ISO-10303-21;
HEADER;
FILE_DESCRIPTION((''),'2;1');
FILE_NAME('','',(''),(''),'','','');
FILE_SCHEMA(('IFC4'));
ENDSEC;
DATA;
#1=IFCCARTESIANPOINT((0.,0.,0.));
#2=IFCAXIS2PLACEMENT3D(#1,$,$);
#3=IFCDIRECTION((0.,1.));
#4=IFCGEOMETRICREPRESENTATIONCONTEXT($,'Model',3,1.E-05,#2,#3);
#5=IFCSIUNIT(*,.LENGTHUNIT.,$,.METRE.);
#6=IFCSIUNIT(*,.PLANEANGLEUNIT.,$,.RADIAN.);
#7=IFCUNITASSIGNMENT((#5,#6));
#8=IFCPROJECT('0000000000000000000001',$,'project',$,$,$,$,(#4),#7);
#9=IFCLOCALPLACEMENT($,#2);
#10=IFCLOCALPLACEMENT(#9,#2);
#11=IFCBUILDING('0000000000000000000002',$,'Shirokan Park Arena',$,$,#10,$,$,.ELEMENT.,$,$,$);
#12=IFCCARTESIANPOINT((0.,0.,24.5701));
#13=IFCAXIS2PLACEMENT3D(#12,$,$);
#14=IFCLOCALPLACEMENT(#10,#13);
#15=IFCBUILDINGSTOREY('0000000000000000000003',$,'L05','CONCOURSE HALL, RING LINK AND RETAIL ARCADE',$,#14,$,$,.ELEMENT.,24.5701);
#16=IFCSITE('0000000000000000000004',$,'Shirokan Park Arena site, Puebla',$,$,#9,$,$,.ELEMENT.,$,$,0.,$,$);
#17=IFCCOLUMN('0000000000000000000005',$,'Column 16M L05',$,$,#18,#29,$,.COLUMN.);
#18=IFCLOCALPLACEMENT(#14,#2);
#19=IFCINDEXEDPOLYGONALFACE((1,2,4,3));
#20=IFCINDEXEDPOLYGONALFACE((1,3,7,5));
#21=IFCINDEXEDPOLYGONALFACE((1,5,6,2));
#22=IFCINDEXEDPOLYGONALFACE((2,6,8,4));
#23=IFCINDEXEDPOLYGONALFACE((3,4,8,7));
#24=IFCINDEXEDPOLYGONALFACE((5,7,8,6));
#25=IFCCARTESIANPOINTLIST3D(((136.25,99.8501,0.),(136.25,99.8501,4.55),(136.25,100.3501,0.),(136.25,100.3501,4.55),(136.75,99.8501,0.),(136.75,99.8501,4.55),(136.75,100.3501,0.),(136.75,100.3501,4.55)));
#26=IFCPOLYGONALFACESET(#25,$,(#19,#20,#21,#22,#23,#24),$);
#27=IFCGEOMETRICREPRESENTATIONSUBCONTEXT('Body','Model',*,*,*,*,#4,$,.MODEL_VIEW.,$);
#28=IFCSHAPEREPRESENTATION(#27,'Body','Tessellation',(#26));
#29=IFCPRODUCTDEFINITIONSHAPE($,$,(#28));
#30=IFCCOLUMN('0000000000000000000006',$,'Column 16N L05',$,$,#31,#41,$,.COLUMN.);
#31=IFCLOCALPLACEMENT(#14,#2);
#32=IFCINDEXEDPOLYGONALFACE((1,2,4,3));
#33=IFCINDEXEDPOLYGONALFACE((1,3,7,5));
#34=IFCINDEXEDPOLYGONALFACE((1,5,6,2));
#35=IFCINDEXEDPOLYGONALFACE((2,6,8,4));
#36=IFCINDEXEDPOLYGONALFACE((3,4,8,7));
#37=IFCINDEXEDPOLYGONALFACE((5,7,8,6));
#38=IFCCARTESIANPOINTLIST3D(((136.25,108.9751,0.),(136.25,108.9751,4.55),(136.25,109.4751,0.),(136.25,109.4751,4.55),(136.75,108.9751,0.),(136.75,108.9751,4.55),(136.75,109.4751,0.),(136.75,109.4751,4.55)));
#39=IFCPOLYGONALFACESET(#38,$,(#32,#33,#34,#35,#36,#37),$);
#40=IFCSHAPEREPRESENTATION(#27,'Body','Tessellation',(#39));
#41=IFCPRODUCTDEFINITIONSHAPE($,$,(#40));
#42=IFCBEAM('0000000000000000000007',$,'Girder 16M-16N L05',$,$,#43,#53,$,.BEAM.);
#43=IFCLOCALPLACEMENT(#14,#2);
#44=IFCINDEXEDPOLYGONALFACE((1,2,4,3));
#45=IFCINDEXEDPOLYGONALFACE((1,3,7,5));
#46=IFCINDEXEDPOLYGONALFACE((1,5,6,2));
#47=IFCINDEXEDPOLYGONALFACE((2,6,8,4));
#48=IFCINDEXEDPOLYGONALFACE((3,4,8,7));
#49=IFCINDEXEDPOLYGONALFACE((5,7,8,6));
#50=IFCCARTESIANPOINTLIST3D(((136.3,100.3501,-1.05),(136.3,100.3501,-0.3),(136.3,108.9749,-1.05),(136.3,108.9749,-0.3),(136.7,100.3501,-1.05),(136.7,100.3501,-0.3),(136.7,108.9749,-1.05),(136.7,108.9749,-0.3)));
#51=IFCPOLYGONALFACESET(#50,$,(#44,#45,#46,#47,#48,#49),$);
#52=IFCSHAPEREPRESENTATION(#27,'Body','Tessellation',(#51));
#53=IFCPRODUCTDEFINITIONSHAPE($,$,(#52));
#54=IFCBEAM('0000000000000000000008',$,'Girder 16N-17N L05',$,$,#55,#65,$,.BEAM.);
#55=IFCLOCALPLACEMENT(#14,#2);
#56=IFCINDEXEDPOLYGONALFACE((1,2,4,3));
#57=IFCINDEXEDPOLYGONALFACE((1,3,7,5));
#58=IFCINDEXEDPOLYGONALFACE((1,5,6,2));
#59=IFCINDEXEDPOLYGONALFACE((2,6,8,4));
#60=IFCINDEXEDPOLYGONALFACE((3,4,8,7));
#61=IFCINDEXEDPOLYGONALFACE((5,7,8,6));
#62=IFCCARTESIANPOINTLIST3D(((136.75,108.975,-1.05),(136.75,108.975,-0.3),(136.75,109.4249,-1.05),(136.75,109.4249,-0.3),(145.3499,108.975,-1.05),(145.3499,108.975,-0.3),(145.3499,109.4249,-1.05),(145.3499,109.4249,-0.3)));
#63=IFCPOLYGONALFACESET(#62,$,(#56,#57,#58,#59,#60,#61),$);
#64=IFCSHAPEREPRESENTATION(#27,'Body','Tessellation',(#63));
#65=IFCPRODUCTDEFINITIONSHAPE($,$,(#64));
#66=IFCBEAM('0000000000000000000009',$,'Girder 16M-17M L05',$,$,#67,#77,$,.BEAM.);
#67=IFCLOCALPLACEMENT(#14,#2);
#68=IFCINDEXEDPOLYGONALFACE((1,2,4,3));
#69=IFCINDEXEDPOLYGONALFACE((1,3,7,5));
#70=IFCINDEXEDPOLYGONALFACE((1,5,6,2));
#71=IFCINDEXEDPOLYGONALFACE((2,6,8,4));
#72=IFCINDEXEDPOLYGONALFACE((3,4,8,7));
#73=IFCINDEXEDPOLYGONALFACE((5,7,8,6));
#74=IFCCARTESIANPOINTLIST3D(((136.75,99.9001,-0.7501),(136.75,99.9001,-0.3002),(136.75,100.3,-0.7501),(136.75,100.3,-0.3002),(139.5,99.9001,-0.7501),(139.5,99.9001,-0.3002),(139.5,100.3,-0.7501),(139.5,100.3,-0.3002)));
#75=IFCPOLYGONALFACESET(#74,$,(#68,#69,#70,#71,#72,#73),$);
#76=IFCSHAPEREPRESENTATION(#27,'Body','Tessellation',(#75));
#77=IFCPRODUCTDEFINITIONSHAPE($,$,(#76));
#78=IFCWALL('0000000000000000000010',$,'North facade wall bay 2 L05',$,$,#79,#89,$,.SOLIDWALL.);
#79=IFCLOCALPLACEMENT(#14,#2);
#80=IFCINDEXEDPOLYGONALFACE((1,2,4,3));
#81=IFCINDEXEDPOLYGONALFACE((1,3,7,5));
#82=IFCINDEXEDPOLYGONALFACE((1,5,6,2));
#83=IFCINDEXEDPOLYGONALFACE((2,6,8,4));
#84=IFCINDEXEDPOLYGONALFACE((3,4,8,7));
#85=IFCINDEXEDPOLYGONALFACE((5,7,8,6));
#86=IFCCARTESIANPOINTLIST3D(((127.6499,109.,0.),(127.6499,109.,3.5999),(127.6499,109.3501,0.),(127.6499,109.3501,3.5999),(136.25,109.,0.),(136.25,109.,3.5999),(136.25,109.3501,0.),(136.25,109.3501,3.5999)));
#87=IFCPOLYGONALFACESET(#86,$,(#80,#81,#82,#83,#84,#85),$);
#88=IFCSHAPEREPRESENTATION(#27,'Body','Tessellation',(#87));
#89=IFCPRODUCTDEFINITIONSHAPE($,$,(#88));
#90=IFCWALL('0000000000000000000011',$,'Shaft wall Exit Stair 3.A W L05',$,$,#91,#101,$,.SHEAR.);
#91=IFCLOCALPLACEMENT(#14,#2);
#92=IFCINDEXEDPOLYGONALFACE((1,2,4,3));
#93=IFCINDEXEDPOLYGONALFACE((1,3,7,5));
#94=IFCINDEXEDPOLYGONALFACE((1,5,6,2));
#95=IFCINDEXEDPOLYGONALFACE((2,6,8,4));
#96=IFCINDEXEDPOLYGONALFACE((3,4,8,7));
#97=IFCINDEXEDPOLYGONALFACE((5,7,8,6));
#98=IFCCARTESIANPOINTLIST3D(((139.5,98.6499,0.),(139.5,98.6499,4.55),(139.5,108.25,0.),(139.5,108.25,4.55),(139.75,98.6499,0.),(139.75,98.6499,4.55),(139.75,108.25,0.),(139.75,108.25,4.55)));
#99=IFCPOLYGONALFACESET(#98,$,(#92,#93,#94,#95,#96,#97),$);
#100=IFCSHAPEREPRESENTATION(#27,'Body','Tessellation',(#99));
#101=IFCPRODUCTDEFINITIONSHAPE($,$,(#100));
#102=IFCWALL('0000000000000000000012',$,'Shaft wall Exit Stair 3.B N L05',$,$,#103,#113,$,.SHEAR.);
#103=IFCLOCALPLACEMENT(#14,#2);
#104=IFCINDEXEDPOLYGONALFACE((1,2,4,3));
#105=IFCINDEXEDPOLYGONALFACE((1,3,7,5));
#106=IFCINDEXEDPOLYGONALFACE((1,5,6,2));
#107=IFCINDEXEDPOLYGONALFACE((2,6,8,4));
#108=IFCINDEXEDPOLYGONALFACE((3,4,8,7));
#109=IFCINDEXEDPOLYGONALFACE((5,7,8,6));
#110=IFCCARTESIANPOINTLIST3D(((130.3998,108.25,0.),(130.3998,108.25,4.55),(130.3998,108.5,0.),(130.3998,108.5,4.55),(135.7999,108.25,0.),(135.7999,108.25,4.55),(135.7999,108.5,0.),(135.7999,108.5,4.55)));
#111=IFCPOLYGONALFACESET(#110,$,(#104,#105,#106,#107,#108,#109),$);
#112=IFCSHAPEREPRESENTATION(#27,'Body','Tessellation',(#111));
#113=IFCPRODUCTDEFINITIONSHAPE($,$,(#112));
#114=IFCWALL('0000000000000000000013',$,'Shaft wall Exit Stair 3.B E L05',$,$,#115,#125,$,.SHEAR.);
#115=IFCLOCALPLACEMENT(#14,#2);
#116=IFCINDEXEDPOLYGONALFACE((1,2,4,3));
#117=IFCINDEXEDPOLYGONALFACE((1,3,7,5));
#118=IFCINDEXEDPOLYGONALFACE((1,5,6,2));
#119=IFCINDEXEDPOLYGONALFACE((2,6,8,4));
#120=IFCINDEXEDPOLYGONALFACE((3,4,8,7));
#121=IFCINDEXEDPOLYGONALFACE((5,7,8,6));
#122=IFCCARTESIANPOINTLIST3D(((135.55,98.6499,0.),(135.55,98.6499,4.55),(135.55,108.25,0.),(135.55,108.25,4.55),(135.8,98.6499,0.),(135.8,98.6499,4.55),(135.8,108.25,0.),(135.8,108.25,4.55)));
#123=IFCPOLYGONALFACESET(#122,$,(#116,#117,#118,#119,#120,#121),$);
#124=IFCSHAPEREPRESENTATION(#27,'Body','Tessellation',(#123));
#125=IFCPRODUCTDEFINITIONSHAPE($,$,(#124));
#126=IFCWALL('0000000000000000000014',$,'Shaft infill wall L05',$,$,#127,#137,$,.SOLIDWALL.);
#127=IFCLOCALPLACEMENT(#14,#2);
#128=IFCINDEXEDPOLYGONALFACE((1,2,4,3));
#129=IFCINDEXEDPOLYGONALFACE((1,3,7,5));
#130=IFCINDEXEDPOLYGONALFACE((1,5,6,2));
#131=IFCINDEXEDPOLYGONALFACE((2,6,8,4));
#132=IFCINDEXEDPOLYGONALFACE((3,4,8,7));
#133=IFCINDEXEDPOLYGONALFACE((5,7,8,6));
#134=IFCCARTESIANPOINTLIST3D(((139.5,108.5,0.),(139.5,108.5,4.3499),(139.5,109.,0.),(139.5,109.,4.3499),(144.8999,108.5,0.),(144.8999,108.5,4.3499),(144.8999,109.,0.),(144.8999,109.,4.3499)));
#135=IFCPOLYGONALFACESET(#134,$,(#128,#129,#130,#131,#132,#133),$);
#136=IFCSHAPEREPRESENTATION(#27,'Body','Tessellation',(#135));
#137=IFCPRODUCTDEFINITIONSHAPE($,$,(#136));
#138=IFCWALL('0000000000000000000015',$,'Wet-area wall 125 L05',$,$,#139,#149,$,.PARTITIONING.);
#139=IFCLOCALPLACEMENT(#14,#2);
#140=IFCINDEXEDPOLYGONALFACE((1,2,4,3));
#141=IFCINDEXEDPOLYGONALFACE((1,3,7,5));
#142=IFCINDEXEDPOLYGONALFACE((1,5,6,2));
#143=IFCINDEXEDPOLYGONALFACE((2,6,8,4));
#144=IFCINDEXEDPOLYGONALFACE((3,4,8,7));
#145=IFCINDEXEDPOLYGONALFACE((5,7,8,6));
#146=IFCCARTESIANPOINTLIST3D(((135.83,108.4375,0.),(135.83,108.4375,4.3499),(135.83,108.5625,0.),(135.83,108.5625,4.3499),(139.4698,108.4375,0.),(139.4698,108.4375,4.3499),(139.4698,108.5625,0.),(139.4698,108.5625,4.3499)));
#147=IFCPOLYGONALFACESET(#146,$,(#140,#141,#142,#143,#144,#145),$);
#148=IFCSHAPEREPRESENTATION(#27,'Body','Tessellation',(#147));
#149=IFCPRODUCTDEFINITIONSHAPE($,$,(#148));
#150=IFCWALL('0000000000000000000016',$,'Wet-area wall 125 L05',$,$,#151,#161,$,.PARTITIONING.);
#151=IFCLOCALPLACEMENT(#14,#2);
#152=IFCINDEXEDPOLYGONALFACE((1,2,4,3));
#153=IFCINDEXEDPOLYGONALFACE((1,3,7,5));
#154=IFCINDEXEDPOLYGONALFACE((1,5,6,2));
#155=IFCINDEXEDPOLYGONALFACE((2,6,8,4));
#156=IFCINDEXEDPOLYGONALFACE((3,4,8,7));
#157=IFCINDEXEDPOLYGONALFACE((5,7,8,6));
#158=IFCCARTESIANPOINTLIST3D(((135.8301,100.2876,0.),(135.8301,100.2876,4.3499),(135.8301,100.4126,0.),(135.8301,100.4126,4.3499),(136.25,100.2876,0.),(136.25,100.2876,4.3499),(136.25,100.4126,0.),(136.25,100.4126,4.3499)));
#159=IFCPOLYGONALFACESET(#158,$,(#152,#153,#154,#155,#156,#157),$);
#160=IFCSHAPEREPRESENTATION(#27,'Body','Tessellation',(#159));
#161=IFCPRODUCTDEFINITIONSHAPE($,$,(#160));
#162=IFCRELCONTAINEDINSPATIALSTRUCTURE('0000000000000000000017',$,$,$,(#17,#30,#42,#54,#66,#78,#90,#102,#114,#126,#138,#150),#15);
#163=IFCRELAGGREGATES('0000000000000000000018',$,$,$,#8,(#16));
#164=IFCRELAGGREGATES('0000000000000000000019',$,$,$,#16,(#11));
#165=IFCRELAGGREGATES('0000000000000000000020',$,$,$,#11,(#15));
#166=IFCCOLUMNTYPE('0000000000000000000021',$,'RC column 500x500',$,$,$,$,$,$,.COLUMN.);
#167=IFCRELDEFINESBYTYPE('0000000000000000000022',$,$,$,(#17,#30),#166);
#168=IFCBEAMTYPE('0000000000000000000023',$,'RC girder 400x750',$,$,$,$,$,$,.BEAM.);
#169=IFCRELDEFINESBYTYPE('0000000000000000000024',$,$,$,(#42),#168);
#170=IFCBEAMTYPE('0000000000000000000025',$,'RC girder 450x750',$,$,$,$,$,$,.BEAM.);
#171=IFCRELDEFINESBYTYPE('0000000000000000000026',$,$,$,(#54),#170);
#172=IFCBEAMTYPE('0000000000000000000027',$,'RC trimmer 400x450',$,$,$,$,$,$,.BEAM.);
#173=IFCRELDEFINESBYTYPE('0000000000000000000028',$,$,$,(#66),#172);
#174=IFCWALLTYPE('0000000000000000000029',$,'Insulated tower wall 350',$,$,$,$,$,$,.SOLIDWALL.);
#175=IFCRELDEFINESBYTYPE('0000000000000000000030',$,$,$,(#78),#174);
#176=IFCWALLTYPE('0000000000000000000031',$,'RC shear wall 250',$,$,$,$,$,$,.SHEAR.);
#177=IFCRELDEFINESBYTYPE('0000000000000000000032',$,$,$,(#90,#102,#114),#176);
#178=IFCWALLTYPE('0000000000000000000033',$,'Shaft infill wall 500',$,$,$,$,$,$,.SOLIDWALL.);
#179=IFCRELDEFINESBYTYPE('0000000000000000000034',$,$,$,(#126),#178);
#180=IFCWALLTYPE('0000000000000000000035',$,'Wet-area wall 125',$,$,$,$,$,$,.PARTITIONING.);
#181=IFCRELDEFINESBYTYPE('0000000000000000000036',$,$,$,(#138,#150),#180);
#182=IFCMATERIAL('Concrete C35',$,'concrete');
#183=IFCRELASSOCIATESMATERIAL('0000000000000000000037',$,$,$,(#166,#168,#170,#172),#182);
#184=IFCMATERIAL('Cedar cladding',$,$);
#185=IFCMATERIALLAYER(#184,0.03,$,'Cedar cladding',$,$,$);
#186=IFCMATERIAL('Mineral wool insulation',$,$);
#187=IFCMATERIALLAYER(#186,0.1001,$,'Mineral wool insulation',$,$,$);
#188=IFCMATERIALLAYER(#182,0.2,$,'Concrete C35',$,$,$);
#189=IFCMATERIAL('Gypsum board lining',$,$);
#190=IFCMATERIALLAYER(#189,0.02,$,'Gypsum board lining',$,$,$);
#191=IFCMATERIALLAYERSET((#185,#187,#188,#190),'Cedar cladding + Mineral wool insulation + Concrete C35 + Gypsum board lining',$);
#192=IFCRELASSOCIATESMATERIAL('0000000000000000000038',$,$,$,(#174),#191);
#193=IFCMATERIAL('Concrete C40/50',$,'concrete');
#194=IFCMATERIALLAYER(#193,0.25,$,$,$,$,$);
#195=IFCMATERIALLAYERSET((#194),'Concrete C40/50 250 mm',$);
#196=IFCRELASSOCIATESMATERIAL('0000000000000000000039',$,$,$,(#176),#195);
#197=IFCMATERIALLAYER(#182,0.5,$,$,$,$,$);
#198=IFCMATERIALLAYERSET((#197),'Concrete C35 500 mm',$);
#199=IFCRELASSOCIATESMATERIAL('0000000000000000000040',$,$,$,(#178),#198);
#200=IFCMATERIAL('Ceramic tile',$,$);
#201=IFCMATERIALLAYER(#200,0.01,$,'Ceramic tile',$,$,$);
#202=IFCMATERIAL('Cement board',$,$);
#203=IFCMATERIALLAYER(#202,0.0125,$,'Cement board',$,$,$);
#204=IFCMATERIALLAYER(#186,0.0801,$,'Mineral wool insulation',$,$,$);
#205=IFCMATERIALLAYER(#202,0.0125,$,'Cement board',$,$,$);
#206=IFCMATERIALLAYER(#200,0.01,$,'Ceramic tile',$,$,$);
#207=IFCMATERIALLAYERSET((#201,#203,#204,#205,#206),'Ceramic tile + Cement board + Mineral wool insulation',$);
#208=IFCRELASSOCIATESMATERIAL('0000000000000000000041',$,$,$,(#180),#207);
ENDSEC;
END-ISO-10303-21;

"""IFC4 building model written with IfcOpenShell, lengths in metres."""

from ifc_helpers import new_model, si_unit, direction, frame, frame_2d, origin, origin_2d, place, context, subcontext, project, spatial, rectangle, extrude, material, layer, layer_set, material_profile, profile_set, type_object, element, save


model = new_model("IFC4")

# Units and contexts
model_context = context("Model", 3, precision=1e-05, world=origin(), true_north=direction((0.0, 1.0)))
body_context = subcontext(model_context, "Body", "Model", "MODEL_VIEW")
ifc_project = project(units=[si_unit("LENGTHUNIT", "METRE"), si_unit("PLANEANGLEUNIT", "RADIAN")], contexts=[model_context])

# Site, building, storey
site_placement = place(None, origin())
site = spatial("IfcSite", under=ifc_project, at=site_placement, Name="Shirokan Park Arena site, Puebla", CompositionType="ELEMENT", RefElevation=0.0)
building_placement = place(site_placement, origin())
building = spatial("IfcBuilding", under=site, at=building_placement, Name="Shirokan Park Arena", CompositionType="ELEMENT")
storey_placement = place(building_placement, frame((0.0, 0.0, 24.5701)))
storey = spatial("IfcBuildingStorey", under=building, at=storey_placement, Name="L05", Description="CONCOURSE HALL, RING LINK AND RETAIL ARCADE", CompositionType="ELEMENT", Elevation=24.5701)

# Columns
ifc_material_1 = material(Name="Concrete C35", Category="concrete")
ifc_material_profile_1 = material_profile(ifc_material_1, rectangle(XDim=0.5, YDim=0.5, at=origin_2d()), Name="500x500")
ifc_profile_set_1 = profile_set([ifc_material_profile_1], Name="Concrete C35")
column_type = type_object("IfcColumnType", Name="RC column 500x500", PredefinedType="COLUMN", material=ifc_profile_set_1)
for number, where, z_axis, x_axis, name in (
    (1, (136.5, 100.1001, 0.0), (0.0, 0.0, 1.0), (1.0, 0.0, 0.0), "Column 16M L05"),
    (2, (136.5, 109.2251, 0.0), (0.0, 0.0, 1.0), (1.0, 0.0, 0.0), "Column 16N L05"),
):
    element("IfcColumn", number, at=place(storey_placement, frame(where, z_axis=z_axis, x_axis=x_axis)), inside=storey, type_object=column_type, Name=name, PredefinedType="COLUMN", context=body_context, shape_type="SweptSolid", body=[
        extrude(rectangle(XDim=0.5, YDim=0.5, at=origin_2d()), origin(), (0.0, 0.0, 1.0), 4.55),
    ])

# Beams
ifc_material_profile_2 = material_profile(ifc_material_1, rectangle(XDim=0.3999, YDim=0.75, at=origin_2d()), Name="400x750")
ifc_profile_set_2 = profile_set([ifc_material_profile_2], Name="Concrete C35")
beam_type_1 = type_object("IfcBeamType", Name="RC girder 400x750", PredefinedType="BEAM", material=ifc_profile_set_2)
beam_1_placement = place(storey_placement, frame((136.5, 100.3501, -0.675), z_axis=(0.0, 1.0, 0.0), x_axis=(-1.0, 0.0, 0.0)))
element("IfcBeam", 3, at=beam_1_placement, inside=storey, type_object=beam_type_1, Name="Girder 16M-16N L05", PredefinedType="BEAM", context=body_context, shape_type="SweptSolid", body=[
    extrude(rectangle(XDim=0.3999, YDim=0.75, at=origin_2d()), origin(), (0.0, 0.0, 1.0), 8.6248),
])
ifc_material_profile_3 = material_profile(ifc_material_1, rectangle(XDim=0.45, YDim=0.75, at=origin_2d()), Name="450x750")
ifc_profile_set_3 = profile_set([ifc_material_profile_3], Name="Concrete C35")
beam_type_2 = type_object("IfcBeamType", Name="RC girder 450x750", PredefinedType="BEAM", material=ifc_profile_set_3)
beam_2_placement = place(storey_placement, frame((136.75, 109.2, -0.675), z_axis=(1.0, 0.0, 0.0), x_axis=(0.0, 1.0, 0.0)))
element("IfcBeam", 4, at=beam_2_placement, inside=storey, type_object=beam_type_2, Name="Girder 16N-17N L05", PredefinedType="BEAM", context=body_context, shape_type="SweptSolid", body=[
    extrude(rectangle(XDim=0.45, YDim=0.75, at=origin_2d()), origin(), (0.0, 0.0, 1.0), 8.5999),
])
ifc_material_profile_4 = material_profile(ifc_material_1, rectangle(XDim=0.3999, YDim=0.45, at=origin_2d()), Name="400x450")
ifc_profile_set_4 = profile_set([ifc_material_profile_4], Name="Concrete C35")
beam_type_3 = type_object("IfcBeamType", Name="RC trimmer 400x450", PredefinedType="BEAM", material=ifc_profile_set_4)
beam_3_placement = place(storey_placement, frame((136.75, 100.1001, -0.5251), z_axis=(1.0, 0.0, 0.0), x_axis=(0.0, 1.0, 0.0)))
element("IfcBeam", 5, at=beam_3_placement, inside=storey, type_object=beam_type_3, Name="Girder 16M-17M L05", PredefinedType="BEAM", context=body_context, shape_type="SweptSolid", body=[
    extrude(rectangle(XDim=0.3999, YDim=0.45, at=origin_2d()), origin(), (0.0, 0.0, 1.0), 2.75),
])

# Walls
ifc_material_2 = material(Name="Cedar cladding")
ifc_layer_1 = layer(ifc_material_2, 0.03, Name="Cedar cladding")
ifc_material_3 = material(Name="Mineral wool insulation")
ifc_layer_2 = layer(ifc_material_3, 0.1001, Name="Mineral wool insulation")
ifc_layer_3 = layer(ifc_material_1, 0.2, Name="Concrete C35")
ifc_material_4 = material(Name="Gypsum board lining")
ifc_layer_4 = layer(ifc_material_4, 0.02, Name="Gypsum board lining")
ifc_layer_set_1 = layer_set([ifc_layer_1, ifc_layer_2, ifc_layer_3, ifc_layer_4], Name="Cedar cladding + Mineral wool insulation + Concrete C35 + Gypsum board lining")
wall_type_1 = type_object("IfcWallType", Name="Insulated tower wall 350", PredefinedType="SOLIDWALL", material=ifc_layer_set_1)
wall_1_placement = place(storey_placement, frame((136.25, 109.175, 0.0), z_axis=(0.0, 0.0, 1.0), x_axis=(-1.0, 0.0, 0.0)))
element("IfcWall", 6, at=wall_1_placement, inside=storey, type_object=wall_type_1, Name="North facade wall bay 2 L05", PredefinedType="SOLIDWALL", context=body_context, shape_type="SweptSolid", body=[
    extrude(rectangle(XDim=8.6001, YDim=0.3501, at=frame_2d((4.3, 0.0))), origin(), (0.0, 0.0, 1.0), 3.5999),
])
ifc_material_5 = material(Name="Concrete C40/50", Category="concrete")
ifc_layer_5 = layer(ifc_material_5, 0.25)
ifc_layer_set_2 = layer_set([ifc_layer_5], Name="Concrete C40/50 250 mm")
wall_type_2 = type_object("IfcWallType", Name="RC shear wall 250", PredefinedType="SHEAR", material=ifc_layer_set_2)
wall_2_placement = place(storey_placement, frame((139.625, 108.25, 0.0), z_axis=(0.0, 0.0, 1.0), x_axis=(0.0, -1.0, 0.0)))
element("IfcWall", 7, at=wall_2_placement, inside=storey, type_object=wall_type_2, Name="Shaft wall Exit Stair 3.A W L05", PredefinedType="SHEAR", context=body_context, shape_type="SweptSolid", body=[
    extrude(rectangle(XDim=9.6001, YDim=0.25, at=frame_2d((4.8, 0.0))), origin(), (0.0, 0.0, 1.0), 4.55),
])
wall_3_placement = place(storey_placement, frame((135.8, 108.375, 0.0), z_axis=(0.0, 0.0, 1.0), x_axis=(-1.0, 0.0, 0.0)))
element("IfcWall", 8, at=wall_3_placement, inside=storey, type_object=wall_type_2, Name="Shaft wall Exit Stair 3.B N L05", PredefinedType="SHEAR", context=body_context, shape_type="SweptSolid", body=[
    extrude(rectangle(XDim=5.4001, YDim=0.25, at=frame_2d((2.7002, 0.0))), origin(), (0.0, 0.0, 1.0), 4.55),
])
wall_4_placement = place(storey_placement, frame((135.675, 108.25, 0.0), z_axis=(0.0, 0.0, 1.0), x_axis=(0.0, -1.0, 0.0)))
element("IfcWall", 9, at=wall_4_placement, inside=storey, type_object=wall_type_2, Name="Shaft wall Exit Stair 3.B E L05", PredefinedType="SHEAR", context=body_context, shape_type="SweptSolid", body=[
    extrude(rectangle(XDim=9.6001, YDim=0.25, at=frame_2d((4.8, 0.0))), origin(), (0.0, 0.0, 1.0), 4.55),
])
ifc_layer_6 = layer(ifc_material_1, 0.5)
ifc_layer_set_3 = layer_set([ifc_layer_6], Name="Concrete C35 500 mm")
wall_type_3 = type_object("IfcWallType", Name="Shaft infill wall 500", PredefinedType="SOLIDWALL", material=ifc_layer_set_3)
wall_5_placement = place(storey_placement, frame((139.5, 108.75, 0.0), z_axis=(0.0, 0.0, 1.0), x_axis=(1.0, 0.0, 0.0)))
element("IfcWall", 10, at=wall_5_placement, inside=storey, type_object=wall_type_3, Name="Shaft infill wall L05", PredefinedType="SOLIDWALL", context=body_context, shape_type="SweptSolid", body=[
    extrude(rectangle(XDim=5.3999, YDim=0.5, at=frame_2d((2.7, 0.0))), origin(), (0.0, 0.0, 1.0), 4.3499),
])
ifc_material_6 = material(Name="Ceramic tile")
ifc_layer_7 = layer(ifc_material_6, 0.01, Name="Ceramic tile")
ifc_material_7 = material(Name="Cement board")
ifc_layer_8 = layer(ifc_material_7, 0.0125, Name="Cement board")
ifc_layer_9 = layer(ifc_material_3, 0.0801, Name="Mineral wool insulation")
ifc_layer_10 = layer(ifc_material_7, 0.0125, Name="Cement board")
ifc_layer_11 = layer(ifc_material_6, 0.01, Name="Ceramic tile")
ifc_layer_set_4 = layer_set([ifc_layer_7, ifc_layer_8, ifc_layer_9, ifc_layer_10, ifc_layer_11], Name="Ceramic tile + Cement board + Mineral wool insulation")
wall_type_4 = type_object("IfcWallType", Name="Wet-area wall 125", PredefinedType="PARTITIONING", material=ifc_layer_set_4)
wall_6_placement = place(storey_placement, frame((135.8301, 108.5, 0.0), z_axis=(0.0, 0.0, 1.0), x_axis=(1.0, 0.0, 0.0)))
element("IfcWall", 11, at=wall_6_placement, inside=storey, type_object=wall_type_4, Name="Wet-area wall 125 L05", PredefinedType="PARTITIONING", context=body_context, shape_type="SweptSolid", body=[
    extrude(rectangle(XDim=3.6399, YDim=0.125, at=frame_2d((1.8198, 0.0))), origin(), (0.0, 0.0, 1.0), 4.3499),
])
wall_7_placement = place(storey_placement, frame((136.25, 100.3501, 0.0), z_axis=(0.0, 0.0, 1.0), x_axis=(-1.0, 0.0, 0.0)))
element("IfcWall", 12, at=wall_7_placement, inside=storey, type_object=wall_type_4, Name="Wet-area wall 125 L05", PredefinedType="PARTITIONING", context=body_context, shape_type="SweptSolid", body=[
    extrude(rectangle(XDim=0.4199, YDim=0.125, at=frame_2d((0.21, 0.0))), origin(), (0.0, 0.0, 1.0), 4.3499),
])

save(model, "model.ifc")
